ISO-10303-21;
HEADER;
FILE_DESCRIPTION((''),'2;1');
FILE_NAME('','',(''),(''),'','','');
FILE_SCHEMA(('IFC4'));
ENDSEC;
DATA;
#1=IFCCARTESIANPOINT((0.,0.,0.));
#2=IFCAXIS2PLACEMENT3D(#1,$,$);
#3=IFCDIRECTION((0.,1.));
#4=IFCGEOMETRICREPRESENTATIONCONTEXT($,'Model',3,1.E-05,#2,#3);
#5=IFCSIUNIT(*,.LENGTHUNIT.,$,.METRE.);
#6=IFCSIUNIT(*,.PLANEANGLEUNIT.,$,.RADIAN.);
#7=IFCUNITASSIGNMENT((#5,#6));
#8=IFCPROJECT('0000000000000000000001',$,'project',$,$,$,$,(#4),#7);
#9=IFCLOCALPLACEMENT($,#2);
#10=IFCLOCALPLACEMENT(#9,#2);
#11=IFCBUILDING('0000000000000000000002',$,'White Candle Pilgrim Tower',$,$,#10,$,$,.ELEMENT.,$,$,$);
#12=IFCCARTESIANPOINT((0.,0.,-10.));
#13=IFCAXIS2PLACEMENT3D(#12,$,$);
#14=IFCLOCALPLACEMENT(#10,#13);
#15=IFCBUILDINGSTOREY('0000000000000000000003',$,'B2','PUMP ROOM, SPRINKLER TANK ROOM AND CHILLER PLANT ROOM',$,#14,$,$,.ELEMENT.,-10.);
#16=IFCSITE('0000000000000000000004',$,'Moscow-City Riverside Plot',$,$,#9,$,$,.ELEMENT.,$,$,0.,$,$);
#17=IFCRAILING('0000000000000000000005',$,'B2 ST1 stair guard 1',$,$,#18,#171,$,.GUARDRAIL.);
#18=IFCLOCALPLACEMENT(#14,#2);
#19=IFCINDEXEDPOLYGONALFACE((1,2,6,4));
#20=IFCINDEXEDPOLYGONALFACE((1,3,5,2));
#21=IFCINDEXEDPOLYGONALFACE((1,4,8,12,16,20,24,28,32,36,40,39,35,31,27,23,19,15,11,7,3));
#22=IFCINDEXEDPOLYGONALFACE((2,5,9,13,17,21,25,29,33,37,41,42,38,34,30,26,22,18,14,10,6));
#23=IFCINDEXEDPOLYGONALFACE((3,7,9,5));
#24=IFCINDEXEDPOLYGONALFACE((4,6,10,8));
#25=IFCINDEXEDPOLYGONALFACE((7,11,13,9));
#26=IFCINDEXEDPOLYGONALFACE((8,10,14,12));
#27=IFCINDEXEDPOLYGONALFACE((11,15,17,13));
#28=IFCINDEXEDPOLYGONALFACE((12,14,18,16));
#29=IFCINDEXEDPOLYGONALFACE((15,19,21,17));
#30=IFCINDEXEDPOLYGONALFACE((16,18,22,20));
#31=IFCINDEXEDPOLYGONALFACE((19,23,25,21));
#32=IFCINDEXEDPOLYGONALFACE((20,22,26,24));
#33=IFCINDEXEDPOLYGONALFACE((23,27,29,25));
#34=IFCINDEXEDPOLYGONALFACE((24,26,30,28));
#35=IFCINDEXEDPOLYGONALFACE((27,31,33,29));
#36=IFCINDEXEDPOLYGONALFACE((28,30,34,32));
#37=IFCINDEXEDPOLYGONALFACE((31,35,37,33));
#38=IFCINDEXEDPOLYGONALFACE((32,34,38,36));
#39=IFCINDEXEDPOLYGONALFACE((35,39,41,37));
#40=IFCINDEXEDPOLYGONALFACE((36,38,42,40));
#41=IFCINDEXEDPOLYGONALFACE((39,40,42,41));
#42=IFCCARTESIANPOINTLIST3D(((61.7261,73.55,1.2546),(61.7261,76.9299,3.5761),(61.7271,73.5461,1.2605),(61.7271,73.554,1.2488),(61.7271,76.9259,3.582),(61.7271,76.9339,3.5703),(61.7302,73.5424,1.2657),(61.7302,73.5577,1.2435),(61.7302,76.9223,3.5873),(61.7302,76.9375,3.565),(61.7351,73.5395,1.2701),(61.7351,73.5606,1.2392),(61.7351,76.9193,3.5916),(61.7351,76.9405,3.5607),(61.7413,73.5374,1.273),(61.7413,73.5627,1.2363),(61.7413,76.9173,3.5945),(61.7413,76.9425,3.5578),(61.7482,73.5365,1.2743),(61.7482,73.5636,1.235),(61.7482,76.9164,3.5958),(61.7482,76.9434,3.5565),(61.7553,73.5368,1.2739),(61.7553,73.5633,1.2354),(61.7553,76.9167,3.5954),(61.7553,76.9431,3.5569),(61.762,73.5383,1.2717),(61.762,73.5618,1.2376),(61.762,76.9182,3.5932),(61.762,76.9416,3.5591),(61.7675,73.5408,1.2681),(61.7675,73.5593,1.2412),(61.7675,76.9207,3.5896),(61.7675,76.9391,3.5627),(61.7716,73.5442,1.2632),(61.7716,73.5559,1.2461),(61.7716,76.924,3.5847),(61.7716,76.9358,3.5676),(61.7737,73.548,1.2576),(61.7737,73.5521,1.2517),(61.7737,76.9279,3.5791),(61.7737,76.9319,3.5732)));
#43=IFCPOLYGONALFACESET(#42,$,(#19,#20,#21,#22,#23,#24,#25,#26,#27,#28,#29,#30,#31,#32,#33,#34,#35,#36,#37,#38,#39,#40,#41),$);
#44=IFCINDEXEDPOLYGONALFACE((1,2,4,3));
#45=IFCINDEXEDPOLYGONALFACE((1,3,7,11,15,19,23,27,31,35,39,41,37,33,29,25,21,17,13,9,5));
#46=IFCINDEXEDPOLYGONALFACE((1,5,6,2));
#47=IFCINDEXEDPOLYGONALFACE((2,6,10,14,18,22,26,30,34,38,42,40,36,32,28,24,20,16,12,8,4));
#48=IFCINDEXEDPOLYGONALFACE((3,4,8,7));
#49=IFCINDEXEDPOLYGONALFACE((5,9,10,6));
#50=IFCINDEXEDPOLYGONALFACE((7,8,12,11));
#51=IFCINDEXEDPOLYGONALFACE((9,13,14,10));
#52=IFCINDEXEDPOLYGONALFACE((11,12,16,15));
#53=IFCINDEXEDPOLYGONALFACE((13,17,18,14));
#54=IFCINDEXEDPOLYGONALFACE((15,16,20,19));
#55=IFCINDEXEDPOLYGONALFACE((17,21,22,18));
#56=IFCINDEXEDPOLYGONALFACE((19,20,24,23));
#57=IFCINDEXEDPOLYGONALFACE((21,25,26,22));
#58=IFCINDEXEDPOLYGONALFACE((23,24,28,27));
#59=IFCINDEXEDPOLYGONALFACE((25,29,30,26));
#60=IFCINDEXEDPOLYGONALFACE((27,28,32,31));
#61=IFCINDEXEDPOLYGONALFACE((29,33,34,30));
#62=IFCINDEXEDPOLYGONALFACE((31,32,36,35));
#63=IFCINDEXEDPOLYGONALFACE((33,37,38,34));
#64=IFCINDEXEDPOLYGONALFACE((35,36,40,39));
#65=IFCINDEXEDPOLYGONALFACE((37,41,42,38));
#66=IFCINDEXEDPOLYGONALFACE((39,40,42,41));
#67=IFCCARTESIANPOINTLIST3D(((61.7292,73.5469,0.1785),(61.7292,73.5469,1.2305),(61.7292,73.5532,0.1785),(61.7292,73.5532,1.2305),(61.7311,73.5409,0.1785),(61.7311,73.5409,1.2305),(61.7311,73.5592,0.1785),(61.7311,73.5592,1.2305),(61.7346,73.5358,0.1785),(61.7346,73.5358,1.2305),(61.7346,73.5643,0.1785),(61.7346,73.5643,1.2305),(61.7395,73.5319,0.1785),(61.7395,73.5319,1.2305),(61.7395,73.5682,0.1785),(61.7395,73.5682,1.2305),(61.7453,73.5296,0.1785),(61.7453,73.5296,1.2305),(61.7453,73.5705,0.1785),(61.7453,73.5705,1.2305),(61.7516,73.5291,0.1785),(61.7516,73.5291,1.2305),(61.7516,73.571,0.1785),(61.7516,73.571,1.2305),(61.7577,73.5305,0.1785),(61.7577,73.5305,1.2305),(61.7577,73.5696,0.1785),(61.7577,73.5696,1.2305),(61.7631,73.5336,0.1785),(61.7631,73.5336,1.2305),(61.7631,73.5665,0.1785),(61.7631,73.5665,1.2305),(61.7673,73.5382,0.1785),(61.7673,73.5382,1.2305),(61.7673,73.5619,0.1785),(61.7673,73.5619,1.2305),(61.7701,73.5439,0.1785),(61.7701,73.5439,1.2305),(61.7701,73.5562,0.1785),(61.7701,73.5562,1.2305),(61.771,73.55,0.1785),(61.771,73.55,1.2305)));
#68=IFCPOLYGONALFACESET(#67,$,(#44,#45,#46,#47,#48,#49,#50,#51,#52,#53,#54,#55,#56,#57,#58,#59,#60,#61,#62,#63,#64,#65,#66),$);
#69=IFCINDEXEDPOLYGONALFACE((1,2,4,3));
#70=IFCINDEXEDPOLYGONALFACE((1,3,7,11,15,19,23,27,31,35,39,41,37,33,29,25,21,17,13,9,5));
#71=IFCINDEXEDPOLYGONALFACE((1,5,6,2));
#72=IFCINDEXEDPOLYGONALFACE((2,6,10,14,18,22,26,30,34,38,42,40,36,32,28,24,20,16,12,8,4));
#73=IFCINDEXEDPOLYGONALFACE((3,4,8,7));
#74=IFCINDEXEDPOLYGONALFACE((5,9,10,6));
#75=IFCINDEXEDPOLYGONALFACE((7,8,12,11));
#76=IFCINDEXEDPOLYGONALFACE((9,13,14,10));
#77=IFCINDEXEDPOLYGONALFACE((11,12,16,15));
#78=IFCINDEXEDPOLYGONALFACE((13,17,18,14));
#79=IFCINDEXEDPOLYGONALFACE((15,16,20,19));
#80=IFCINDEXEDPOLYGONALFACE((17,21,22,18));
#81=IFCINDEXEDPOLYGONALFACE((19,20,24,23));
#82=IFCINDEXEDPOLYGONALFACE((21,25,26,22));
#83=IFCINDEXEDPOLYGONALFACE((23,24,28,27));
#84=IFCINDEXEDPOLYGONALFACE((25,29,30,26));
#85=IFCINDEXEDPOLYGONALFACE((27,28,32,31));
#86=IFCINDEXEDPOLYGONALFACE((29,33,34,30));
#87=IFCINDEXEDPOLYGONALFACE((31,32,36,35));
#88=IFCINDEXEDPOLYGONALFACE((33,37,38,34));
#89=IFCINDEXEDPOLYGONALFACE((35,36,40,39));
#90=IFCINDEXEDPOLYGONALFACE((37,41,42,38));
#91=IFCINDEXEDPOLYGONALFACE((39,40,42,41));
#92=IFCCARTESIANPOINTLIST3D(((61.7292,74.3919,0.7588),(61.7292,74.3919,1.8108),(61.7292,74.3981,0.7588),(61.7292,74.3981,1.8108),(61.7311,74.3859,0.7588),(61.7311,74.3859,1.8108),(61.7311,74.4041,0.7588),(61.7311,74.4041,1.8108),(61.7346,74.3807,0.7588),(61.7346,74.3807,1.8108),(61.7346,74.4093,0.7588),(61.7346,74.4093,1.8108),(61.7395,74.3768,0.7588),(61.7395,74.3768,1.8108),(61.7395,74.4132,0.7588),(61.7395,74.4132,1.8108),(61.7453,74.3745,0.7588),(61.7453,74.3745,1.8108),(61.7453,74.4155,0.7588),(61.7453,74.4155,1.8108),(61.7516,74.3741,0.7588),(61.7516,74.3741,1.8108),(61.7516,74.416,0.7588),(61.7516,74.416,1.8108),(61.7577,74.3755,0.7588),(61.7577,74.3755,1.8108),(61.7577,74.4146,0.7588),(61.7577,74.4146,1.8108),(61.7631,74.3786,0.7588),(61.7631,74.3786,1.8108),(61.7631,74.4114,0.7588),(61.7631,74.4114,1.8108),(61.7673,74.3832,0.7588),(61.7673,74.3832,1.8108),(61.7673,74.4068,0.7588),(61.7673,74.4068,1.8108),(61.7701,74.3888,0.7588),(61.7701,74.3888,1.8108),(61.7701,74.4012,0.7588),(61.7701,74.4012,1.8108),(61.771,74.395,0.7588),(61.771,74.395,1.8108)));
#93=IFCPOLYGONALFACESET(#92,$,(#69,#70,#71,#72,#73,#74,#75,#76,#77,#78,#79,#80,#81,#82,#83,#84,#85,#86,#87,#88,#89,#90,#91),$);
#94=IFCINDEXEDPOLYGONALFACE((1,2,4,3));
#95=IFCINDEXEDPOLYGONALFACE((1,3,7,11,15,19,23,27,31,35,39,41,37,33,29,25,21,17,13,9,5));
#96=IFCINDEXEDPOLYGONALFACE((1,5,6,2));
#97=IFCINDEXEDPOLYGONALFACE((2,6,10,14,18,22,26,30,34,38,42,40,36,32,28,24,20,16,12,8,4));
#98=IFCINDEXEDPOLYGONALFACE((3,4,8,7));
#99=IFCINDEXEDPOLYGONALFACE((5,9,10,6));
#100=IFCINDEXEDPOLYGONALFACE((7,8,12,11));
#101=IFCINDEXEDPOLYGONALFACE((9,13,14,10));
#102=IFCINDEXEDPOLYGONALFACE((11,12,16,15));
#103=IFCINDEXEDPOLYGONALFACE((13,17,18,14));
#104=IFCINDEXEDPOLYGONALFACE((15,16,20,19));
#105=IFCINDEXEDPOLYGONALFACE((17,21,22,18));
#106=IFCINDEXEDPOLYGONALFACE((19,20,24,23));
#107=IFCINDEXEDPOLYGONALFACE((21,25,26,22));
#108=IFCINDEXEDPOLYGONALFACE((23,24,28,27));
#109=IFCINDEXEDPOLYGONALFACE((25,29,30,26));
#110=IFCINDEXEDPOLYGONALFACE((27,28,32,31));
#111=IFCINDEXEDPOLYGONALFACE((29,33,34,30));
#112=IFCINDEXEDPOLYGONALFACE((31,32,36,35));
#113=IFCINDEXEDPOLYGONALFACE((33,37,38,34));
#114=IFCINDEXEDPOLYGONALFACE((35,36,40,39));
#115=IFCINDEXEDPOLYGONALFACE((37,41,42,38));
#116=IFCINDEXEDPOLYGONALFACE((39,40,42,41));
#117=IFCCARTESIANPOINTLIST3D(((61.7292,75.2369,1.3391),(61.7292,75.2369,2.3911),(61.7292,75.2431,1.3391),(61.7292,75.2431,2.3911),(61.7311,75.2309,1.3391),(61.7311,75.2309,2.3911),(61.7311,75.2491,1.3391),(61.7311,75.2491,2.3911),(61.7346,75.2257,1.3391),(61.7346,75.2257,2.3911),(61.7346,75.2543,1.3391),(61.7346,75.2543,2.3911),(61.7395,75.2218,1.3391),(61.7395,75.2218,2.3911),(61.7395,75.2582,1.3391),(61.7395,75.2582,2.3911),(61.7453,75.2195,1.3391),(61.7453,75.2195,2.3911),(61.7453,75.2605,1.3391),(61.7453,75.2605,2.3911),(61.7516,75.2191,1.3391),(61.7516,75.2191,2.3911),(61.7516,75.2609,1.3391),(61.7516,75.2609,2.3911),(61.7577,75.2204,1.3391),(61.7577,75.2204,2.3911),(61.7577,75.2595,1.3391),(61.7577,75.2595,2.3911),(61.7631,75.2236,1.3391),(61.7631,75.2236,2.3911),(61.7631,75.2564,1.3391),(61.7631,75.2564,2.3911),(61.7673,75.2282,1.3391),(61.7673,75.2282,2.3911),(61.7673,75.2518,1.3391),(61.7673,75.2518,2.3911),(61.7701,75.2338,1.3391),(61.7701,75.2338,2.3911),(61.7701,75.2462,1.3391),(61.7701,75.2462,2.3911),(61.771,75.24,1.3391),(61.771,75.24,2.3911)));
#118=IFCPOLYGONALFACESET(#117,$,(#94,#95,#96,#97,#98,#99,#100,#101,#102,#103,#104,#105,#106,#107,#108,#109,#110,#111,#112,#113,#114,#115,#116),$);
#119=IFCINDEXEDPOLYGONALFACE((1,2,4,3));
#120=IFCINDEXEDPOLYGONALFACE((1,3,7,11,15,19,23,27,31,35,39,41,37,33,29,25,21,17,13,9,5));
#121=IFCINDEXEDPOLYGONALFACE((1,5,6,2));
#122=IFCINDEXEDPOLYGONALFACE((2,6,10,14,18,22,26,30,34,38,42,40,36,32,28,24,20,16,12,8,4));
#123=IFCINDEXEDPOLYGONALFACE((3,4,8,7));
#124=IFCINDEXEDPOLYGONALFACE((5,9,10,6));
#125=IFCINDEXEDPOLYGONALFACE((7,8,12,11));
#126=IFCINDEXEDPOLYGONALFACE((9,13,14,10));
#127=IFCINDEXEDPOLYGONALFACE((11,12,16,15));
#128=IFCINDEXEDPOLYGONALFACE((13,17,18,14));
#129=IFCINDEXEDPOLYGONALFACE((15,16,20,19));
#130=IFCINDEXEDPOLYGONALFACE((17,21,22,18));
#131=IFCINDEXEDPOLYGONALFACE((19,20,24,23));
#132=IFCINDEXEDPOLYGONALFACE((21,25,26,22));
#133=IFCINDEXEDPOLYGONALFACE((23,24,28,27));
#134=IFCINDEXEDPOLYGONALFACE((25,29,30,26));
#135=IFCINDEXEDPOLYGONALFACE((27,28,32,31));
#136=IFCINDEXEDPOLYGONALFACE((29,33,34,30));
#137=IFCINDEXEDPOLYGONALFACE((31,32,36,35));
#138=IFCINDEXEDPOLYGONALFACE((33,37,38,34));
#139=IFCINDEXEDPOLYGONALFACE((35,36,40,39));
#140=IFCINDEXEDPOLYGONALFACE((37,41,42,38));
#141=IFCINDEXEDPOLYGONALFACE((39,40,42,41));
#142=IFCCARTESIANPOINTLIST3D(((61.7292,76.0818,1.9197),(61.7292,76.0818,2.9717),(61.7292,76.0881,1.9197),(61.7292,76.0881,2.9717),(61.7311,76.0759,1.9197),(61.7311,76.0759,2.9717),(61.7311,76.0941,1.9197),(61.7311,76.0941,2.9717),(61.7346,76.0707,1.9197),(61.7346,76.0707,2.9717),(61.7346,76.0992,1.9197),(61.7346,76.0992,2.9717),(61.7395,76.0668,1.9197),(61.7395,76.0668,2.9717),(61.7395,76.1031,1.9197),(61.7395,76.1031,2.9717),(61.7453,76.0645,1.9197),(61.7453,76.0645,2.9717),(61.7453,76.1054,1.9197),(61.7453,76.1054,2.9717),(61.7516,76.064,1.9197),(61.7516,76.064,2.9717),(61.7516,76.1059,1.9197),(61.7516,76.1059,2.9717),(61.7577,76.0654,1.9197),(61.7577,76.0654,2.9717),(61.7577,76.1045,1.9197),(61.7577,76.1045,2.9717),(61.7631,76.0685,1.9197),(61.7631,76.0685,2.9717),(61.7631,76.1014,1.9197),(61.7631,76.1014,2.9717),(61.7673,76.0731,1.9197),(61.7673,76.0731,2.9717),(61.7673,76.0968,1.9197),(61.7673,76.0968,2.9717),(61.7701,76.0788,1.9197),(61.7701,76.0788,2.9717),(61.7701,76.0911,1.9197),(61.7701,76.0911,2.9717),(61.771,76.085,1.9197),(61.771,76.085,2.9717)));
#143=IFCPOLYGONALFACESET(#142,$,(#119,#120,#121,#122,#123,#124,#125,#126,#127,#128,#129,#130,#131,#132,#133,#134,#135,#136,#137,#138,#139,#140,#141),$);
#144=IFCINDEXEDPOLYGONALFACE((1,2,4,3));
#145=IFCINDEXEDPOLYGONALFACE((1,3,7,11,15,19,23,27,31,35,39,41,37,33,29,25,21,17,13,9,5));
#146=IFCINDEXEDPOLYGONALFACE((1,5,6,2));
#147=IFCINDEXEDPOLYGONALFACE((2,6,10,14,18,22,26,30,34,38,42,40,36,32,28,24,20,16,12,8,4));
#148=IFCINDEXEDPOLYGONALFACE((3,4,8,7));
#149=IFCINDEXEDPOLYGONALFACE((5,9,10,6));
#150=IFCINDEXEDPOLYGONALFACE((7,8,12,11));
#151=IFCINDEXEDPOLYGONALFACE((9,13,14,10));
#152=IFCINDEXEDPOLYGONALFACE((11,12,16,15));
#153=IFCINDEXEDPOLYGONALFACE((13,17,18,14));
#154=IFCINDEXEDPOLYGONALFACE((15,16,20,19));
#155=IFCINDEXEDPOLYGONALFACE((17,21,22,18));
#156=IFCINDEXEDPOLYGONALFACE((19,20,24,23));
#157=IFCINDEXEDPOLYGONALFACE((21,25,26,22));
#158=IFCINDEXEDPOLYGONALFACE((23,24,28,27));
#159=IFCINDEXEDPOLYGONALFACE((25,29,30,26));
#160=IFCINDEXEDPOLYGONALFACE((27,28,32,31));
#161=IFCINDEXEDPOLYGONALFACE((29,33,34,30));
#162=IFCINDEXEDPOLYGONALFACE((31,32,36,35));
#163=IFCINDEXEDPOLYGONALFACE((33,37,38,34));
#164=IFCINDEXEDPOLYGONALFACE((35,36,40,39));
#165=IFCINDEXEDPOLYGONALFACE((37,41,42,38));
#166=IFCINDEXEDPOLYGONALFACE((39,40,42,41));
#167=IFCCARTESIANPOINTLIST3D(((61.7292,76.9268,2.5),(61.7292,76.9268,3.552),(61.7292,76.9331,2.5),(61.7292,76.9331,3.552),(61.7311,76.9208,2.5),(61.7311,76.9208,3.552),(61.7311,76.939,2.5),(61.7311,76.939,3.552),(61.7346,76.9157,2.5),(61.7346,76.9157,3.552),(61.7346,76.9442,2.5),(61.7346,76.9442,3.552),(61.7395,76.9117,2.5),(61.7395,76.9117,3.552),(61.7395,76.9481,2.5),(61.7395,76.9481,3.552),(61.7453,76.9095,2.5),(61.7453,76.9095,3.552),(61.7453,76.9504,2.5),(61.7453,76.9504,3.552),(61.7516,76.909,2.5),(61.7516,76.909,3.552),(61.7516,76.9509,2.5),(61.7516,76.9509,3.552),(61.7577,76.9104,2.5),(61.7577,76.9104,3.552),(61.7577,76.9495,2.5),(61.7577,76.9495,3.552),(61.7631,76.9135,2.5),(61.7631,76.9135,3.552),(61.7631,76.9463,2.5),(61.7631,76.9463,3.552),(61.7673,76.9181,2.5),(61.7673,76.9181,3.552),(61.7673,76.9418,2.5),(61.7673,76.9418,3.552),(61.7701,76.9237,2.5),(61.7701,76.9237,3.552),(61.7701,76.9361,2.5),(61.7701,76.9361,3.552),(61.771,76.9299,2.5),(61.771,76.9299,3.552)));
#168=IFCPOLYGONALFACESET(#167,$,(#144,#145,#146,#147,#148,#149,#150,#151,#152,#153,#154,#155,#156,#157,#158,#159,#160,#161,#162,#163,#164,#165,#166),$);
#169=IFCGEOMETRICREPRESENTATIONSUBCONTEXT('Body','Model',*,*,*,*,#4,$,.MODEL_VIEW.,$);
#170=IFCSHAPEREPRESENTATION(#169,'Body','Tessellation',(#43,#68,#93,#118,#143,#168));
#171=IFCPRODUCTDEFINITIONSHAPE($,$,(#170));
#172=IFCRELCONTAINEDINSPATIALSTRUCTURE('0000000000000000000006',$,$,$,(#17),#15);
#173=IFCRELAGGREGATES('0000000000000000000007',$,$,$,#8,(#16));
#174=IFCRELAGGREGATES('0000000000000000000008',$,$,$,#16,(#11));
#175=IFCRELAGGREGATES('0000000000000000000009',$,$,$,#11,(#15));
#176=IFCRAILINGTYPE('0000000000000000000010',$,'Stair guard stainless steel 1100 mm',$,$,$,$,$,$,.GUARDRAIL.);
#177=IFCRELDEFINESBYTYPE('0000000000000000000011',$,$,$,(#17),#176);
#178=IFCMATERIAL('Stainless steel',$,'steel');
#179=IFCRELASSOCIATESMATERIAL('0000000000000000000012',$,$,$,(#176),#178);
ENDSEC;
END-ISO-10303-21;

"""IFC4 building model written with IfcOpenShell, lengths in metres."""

from ifc_helpers import new_model, si_unit, direction, frame, origin, origin_2d, place, context, subcontext, project, spatial, circle, extrude, material, type_object, element, save


model = new_model("IFC4")

# Units and contexts
model_context = context("Model", 3, precision=1e-05, world=origin(), true_north=direction((0.0, 1.0)))
body_context = subcontext(model_context, "Body", "Model", "MODEL_VIEW")
ifc_project = project(units=[si_unit("LENGTHUNIT", "METRE"), si_unit("PLANEANGLEUNIT", "RADIAN")], contexts=[model_context])

# Site, building, storey
site_placement = place(None, origin())
site = spatial("IfcSite", under=ifc_project, at=site_placement, Name="Moscow-City Riverside Plot", CompositionType="ELEMENT", RefElevation=0.0)
building_placement = place(site_placement, origin())
building = spatial("IfcBuilding", under=site, at=building_placement, Name="White Candle Pilgrim Tower", CompositionType="ELEMENT")
storey_placement = place(building_placement, frame((0.0, 0.0, -10.0)))
storey = spatial("IfcBuildingStorey", under=building, at=storey_placement, Name="B2", Description="PUMP ROOM, SPRINKLER TANK ROOM AND CHILLER PLANT ROOM", CompositionType="ELEMENT", Elevation=-10.0)

# Railing
ifc_material_1 = material(Name="Stainless steel", Category="steel")
railing_type_1 = type_object("IfcRailingType", Name="Stair guard stainless steel 1100 mm", PredefinedType="GUARDRAIL", material=ifc_material_1)
railing_1_placement = place(storey_placement, frame((61.75, 73.55, 0.1785)))
element("IfcRailing", 1, at=railing_1_placement, inside=storey, type_object=railing_type_1, Name="B2 ST1 stair guard 1", PredefinedType="GUARDRAIL", context=body_context, shape_type="SweptSolid", body=[
    extrude(circle(Radius=0.0239, at=origin_2d()), frame((0.0, 0.0, 1.0762), z_axis=(0.0, 0.824285, 0.566175), x_axis=(-1.0, 0.0, 0.0)), (0.0, 0.0, 1.0), 4.1003),
    extrude(circle(Radius=0.021, at=origin_2d()), origin(), (0.0, 0.0, 1.0), 1.052),
    extrude(circle(Radius=0.021, at=origin_2d()), frame((0.0, 0.845, 0.5803)), (0.0, 0.0, 1.0), 1.052),
    extrude(circle(Radius=0.021, at=origin_2d()), frame((0.0, 1.6899, 1.1606)), (0.0, 0.0, 1.0), 1.052),
    extrude(circle(Radius=0.021, at=origin_2d()), frame((0.0, 2.5349, 1.7412)), (0.0, 0.0, 1.0), 1.052),
    extrude(circle(Radius=0.021, at=origin_2d()), frame((0.0, 3.3799, 2.3215)), (0.0, 0.0, 1.0), 1.052),
])

save(model, "model.ifc")
